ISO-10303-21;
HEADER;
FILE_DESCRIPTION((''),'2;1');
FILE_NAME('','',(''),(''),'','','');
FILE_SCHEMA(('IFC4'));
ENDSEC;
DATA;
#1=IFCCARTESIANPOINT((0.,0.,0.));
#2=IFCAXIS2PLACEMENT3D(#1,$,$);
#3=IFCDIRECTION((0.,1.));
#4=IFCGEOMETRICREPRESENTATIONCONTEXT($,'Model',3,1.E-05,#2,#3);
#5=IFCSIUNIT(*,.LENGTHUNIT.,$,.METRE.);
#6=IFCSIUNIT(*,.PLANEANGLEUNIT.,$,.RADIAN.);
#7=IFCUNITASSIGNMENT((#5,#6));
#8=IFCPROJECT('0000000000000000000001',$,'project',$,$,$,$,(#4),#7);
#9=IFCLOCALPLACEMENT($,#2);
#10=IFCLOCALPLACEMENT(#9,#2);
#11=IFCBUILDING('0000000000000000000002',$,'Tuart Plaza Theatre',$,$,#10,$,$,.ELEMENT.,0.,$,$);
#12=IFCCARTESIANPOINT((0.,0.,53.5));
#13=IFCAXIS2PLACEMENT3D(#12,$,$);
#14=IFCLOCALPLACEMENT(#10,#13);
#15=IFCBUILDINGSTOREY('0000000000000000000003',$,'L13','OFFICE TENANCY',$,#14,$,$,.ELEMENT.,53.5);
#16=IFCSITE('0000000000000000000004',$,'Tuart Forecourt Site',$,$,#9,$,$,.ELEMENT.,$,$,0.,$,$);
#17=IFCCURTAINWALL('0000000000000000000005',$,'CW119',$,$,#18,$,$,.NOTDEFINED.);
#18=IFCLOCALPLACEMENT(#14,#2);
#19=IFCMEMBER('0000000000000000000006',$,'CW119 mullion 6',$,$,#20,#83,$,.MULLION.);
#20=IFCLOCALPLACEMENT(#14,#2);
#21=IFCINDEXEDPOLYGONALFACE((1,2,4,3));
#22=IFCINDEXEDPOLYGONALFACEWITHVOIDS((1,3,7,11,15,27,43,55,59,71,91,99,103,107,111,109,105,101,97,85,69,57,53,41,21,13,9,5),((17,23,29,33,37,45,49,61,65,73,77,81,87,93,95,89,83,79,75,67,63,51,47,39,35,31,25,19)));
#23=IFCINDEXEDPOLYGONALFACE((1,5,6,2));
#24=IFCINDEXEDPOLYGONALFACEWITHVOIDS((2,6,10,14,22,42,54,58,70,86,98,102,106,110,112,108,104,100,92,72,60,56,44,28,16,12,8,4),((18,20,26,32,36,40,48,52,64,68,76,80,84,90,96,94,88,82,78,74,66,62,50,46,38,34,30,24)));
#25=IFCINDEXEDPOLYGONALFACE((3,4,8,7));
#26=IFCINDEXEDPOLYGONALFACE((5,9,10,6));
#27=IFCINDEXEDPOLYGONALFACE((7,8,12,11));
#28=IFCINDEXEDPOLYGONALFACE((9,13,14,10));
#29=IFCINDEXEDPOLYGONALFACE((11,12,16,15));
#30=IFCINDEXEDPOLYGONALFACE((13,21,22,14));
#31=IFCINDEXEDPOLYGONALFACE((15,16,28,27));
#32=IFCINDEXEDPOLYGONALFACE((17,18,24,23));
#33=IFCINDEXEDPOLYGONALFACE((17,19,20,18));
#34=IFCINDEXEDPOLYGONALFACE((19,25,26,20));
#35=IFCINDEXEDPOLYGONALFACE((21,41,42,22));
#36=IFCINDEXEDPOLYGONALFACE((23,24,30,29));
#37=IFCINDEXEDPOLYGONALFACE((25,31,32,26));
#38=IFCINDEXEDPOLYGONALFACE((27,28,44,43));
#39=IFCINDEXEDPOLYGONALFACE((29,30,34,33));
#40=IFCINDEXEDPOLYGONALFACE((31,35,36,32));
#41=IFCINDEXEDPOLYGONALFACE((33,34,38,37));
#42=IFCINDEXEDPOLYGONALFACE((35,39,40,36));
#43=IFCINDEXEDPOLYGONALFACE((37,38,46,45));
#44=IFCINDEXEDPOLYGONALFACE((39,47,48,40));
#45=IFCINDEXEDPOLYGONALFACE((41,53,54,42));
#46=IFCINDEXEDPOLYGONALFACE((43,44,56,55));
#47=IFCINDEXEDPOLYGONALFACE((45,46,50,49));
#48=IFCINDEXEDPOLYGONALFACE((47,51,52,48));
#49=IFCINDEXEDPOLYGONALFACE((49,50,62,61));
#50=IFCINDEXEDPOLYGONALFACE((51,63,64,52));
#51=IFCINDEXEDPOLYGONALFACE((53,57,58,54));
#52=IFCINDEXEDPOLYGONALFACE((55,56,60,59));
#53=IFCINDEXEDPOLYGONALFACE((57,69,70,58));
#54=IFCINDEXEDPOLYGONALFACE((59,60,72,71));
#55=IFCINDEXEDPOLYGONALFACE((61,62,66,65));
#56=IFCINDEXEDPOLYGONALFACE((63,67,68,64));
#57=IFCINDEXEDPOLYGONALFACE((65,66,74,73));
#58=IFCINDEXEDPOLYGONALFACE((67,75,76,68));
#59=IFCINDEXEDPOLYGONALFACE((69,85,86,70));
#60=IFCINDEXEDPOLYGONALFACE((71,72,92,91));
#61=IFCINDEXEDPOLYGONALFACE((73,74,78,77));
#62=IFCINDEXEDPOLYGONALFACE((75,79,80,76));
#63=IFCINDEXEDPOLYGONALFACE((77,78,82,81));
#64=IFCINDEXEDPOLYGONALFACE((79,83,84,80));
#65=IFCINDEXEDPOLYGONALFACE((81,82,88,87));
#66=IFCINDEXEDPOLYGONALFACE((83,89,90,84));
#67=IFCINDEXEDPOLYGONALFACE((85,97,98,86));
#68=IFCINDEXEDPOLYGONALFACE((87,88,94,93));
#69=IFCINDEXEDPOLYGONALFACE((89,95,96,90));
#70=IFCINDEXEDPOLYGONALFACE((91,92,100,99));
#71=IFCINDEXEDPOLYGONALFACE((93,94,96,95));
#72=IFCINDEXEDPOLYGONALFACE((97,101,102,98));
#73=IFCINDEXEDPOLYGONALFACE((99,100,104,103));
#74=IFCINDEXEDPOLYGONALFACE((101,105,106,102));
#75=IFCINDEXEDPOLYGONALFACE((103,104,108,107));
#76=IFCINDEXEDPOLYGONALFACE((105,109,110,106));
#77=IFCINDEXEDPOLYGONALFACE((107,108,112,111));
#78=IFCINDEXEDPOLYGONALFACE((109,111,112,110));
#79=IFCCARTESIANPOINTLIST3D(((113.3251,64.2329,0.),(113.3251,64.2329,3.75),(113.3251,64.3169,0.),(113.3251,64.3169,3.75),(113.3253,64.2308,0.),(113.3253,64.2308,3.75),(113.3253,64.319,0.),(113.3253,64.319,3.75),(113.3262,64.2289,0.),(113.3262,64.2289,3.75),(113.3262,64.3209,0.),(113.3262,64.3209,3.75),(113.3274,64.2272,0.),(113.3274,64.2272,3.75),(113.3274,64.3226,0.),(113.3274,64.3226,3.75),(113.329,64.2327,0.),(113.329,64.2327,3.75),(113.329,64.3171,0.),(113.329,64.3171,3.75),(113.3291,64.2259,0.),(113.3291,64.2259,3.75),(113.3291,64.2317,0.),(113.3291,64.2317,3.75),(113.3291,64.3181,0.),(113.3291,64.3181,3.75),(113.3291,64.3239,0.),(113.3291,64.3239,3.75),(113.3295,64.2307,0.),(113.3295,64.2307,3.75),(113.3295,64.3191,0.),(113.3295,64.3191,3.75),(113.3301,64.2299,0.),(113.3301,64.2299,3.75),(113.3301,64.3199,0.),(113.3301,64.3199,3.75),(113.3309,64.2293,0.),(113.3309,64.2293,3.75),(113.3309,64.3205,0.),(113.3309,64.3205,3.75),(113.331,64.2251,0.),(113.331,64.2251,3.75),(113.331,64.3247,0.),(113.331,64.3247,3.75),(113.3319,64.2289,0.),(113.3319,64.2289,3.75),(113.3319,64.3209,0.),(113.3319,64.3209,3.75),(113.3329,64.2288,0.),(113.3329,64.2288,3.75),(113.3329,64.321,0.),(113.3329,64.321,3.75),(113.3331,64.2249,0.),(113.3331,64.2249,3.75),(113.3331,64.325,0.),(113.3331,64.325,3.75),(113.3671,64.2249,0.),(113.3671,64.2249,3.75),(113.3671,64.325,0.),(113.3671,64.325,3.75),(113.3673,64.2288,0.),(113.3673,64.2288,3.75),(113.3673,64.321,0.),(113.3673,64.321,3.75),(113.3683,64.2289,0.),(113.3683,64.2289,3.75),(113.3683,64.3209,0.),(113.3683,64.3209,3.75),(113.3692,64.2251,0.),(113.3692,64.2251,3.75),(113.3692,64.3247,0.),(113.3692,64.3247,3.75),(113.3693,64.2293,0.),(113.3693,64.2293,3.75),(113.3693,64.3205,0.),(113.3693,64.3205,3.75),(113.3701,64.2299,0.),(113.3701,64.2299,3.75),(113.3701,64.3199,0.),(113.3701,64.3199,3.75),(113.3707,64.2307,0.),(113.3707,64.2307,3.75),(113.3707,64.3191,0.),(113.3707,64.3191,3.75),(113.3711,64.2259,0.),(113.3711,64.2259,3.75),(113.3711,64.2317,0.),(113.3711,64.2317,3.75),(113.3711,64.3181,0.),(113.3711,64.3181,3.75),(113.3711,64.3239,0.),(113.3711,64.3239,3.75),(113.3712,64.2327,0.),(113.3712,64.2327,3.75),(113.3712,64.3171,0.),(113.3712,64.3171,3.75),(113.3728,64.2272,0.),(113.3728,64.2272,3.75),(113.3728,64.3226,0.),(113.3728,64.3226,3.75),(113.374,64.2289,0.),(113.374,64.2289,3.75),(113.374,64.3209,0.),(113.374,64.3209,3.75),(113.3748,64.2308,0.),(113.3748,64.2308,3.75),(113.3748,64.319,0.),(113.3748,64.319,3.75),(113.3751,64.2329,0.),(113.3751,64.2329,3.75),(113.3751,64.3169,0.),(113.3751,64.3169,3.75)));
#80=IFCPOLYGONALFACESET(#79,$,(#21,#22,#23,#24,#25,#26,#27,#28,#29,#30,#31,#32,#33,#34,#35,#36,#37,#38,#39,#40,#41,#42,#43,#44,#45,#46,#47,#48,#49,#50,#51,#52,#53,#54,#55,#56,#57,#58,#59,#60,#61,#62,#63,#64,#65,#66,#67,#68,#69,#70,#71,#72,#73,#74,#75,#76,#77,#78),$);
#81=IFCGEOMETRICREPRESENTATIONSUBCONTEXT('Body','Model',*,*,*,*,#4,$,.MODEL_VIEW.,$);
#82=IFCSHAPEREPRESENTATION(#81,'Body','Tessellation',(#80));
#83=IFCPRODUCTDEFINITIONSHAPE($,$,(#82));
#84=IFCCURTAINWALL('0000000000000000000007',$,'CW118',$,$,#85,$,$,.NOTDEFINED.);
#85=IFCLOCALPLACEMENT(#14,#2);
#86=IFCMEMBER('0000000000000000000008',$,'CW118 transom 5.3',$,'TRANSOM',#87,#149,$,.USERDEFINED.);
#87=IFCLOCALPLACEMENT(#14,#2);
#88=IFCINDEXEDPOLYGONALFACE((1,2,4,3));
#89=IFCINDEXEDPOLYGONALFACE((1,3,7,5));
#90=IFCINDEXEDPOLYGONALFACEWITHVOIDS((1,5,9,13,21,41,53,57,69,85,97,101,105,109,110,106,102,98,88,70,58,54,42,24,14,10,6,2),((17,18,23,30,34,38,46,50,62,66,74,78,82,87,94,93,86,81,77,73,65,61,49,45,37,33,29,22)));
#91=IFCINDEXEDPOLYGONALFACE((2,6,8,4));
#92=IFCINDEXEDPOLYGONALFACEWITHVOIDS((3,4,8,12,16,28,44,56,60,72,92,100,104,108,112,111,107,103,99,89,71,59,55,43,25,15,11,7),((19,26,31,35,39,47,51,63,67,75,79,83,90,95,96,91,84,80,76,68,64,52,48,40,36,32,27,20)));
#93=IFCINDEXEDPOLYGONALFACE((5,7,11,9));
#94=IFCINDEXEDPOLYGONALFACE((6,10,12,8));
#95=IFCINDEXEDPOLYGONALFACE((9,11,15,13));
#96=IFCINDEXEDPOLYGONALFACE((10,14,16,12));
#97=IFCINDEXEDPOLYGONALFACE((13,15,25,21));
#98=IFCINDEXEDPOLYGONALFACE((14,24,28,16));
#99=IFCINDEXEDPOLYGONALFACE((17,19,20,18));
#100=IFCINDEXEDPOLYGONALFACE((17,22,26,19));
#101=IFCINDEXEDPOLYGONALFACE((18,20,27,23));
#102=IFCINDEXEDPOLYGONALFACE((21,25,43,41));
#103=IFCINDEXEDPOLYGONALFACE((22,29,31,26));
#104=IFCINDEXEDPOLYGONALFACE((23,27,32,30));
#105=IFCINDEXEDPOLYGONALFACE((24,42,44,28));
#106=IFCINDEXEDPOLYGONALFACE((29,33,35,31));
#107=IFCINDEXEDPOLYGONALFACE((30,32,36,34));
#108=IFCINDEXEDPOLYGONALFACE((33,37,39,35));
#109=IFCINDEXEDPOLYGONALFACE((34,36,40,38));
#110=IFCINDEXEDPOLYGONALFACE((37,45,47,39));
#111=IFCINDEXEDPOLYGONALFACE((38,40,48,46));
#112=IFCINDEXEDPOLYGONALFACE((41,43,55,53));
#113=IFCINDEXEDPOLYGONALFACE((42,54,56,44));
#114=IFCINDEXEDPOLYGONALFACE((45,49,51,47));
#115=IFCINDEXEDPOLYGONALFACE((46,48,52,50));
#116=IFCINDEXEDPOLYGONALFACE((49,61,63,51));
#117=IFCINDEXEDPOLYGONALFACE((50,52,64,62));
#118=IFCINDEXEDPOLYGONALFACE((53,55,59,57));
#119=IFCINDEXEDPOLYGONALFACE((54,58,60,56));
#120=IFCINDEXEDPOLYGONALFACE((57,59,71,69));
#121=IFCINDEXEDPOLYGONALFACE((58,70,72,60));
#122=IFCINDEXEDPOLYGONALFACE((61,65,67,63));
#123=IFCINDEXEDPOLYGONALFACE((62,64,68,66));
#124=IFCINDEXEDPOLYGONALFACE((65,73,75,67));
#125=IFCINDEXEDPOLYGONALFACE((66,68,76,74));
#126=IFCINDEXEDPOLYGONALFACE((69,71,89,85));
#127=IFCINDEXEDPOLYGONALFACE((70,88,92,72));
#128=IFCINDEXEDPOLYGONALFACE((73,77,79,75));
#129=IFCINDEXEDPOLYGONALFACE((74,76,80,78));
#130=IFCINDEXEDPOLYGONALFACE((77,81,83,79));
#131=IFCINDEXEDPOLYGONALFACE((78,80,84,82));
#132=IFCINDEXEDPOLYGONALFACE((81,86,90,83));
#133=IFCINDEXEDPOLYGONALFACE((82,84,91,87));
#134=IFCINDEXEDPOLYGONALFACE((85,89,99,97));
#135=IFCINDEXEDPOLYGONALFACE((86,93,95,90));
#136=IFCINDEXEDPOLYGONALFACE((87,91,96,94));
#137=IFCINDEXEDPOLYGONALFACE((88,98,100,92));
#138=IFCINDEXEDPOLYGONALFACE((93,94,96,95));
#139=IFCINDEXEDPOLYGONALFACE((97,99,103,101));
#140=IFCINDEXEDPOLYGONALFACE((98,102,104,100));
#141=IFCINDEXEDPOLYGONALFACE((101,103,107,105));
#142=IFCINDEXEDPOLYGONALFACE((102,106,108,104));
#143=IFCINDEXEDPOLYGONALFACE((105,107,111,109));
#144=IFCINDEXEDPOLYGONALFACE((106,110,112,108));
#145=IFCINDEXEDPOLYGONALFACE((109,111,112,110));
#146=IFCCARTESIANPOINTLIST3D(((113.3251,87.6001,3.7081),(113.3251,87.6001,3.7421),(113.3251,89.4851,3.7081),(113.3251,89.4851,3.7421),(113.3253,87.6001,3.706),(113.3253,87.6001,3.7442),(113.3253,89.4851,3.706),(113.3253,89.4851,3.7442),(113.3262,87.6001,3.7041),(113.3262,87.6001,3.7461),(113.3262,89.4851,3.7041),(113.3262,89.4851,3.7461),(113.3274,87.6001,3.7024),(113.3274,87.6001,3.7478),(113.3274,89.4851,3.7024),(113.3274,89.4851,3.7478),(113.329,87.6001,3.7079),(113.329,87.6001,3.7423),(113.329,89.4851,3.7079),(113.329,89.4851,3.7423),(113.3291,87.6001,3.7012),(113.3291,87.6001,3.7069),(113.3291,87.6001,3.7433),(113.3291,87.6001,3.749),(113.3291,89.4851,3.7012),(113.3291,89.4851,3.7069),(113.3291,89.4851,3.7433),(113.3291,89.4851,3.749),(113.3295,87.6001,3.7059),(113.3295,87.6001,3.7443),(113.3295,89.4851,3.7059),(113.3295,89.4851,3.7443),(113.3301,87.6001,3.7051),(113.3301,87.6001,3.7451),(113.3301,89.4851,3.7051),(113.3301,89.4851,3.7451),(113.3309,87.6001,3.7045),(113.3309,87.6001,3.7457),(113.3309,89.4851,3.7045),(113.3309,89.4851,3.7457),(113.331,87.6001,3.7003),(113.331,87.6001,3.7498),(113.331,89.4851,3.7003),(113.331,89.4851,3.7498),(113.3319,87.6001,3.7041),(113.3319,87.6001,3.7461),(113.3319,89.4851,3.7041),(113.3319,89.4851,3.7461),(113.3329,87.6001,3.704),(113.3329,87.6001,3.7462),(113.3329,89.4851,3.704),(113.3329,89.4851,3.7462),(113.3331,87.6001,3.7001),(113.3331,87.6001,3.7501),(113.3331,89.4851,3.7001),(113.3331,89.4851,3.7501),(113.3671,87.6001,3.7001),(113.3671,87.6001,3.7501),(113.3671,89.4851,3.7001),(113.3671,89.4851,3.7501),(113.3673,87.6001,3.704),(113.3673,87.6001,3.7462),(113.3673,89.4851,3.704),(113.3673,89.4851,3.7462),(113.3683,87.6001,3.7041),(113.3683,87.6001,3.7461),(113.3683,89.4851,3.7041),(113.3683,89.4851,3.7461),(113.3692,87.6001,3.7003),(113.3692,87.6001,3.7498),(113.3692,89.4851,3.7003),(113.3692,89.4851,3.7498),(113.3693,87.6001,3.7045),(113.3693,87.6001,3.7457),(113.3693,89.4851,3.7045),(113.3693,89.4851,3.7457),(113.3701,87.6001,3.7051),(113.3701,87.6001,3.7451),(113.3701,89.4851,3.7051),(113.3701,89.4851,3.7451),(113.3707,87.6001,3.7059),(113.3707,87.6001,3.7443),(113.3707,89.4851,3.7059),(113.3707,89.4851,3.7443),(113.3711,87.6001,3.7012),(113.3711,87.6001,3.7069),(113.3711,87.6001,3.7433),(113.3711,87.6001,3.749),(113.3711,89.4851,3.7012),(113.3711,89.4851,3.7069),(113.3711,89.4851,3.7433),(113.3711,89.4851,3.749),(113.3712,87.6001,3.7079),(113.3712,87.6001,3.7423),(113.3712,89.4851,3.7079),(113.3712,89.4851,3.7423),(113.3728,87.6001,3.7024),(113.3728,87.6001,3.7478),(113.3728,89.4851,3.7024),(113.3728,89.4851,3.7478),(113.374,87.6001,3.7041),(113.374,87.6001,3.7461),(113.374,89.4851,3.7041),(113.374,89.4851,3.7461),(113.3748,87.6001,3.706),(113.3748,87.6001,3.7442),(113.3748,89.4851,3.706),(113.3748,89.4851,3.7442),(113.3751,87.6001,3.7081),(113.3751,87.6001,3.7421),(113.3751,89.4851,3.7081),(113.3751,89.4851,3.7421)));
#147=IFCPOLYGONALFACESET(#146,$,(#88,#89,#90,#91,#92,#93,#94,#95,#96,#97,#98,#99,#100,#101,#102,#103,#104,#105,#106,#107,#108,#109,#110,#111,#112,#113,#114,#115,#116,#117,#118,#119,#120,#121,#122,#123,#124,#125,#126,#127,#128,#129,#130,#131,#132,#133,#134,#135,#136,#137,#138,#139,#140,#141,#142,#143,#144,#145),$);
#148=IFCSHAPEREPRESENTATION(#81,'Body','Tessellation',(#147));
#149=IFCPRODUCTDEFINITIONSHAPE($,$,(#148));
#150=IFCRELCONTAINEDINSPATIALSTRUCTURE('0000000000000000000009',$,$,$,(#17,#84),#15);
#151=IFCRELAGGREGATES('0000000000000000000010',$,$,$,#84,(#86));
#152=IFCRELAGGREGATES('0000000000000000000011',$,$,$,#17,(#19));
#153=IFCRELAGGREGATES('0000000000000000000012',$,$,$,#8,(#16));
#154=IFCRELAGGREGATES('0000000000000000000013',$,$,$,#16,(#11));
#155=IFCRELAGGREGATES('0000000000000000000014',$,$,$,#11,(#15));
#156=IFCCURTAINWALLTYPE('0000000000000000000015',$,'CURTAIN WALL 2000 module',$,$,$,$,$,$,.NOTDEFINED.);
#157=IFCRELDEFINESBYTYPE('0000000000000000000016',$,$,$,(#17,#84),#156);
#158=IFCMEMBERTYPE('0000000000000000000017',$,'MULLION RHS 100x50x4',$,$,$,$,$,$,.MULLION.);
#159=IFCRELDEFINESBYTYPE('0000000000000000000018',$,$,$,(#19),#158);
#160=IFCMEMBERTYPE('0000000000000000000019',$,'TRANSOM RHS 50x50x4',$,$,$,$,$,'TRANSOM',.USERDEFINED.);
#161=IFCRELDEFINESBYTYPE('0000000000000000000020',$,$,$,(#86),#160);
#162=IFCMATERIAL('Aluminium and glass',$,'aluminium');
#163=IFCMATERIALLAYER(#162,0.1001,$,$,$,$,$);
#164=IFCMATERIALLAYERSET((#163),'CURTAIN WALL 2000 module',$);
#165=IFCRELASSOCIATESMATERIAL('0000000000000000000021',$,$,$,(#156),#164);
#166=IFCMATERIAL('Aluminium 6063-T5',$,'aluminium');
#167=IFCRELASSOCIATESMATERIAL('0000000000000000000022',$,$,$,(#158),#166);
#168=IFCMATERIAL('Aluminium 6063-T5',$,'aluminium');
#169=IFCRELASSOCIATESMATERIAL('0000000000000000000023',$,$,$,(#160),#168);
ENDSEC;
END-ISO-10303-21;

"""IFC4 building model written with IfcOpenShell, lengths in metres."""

from ifc_helpers import new_model, si_unit, direction, frame, origin, origin_2d, place, context, subcontext, project, spatial, hollow_rectangle, extrude, material, layer, layer_set, material_profile, profile_set, type_object, element, aggregate, save


model = new_model("IFC4")

# Units and contexts
model_context = context("Model", 3, precision=1e-05, world=origin(), true_north=direction((0.0, 1.0)))
body_context = subcontext(model_context, "Body", "Model", "MODEL_VIEW")
ifc_project = project(units=[si_unit("LENGTHUNIT", "METRE"), si_unit("PLANEANGLEUNIT", "RADIAN")], contexts=[model_context])

# Site, building, storey
site_placement = place(None, origin())
site = spatial("IfcSite", under=ifc_project, at=site_placement, Name="Tuart Forecourt Site", CompositionType="ELEMENT", RefElevation=0.0)
building_placement = place(site_placement, origin())
building = spatial("IfcBuilding", under=site, at=building_placement, Name="Tuart Plaza Theatre", CompositionType="ELEMENT", ElevationOfRefHeight=0.0)
storey_placement = place(building_placement, frame((0.0, 0.0, 53.5)))
storey = spatial("IfcBuildingStorey", under=building, at=storey_placement, Name="L13", Description="OFFICE TENANCY", CompositionType="ELEMENT", Elevation=53.5)

# Curtain walls, members
ifc_material_1 = material(Name="Aluminium and glass", Category="aluminium")
ifc_layer_1 = layer(ifc_material_1, 0.1001)
ifc_layer_set_1 = layer_set([ifc_layer_1], Name="CURTAIN WALL 2000 module")
curtain_wall_type = type_object("IfcCurtainWallType", Name="CURTAIN WALL 2000 module", PredefinedType="NOTDEFINED", material=ifc_layer_set_1)
curtain_wall_1_placement = place(storey_placement, origin())
curtain_wall_1 = element("IfcCurtainWall", 1, at=curtain_wall_1_placement, inside=storey, type_object=curtain_wall_type, Name="CW119", PredefinedType="NOTDEFINED")
ifc_material_2 = material(Name="Aluminium 6063-T5", Category="aluminium")
ifc_material_profile_1 = material_profile(ifc_material_2, hollow_rectangle(XDim=0.05, YDim=0.1001, WallThickness=0.0039, InnerFilletRadius=0.0039, OuterFilletRadius=0.0081, at=origin_2d()), Name="RHS 100x50x4")
ifc_profile_set_1 = profile_set([ifc_material_profile_1], Name="Aluminium 6063-T5")
member_type_1 = type_object("IfcMemberType", Name="MULLION RHS 100x50x4", PredefinedType="MULLION", material=ifc_profile_set_1)
member_1_placement = place(storey_placement, frame((113.3501, 64.2749, 0.0), z_axis=(0.0, 0.0, 1.0), x_axis=(1.0, 0.0, 0.0)))
member_1 = element("IfcMember", 2, at=member_1_placement, type_object=member_type_1, Name="CW119 mullion 6", PredefinedType="MULLION", context=body_context, shape_type="SweptSolid", body=[
    extrude(hollow_rectangle(XDim=0.05, YDim=0.1001, WallThickness=0.0039, InnerFilletRadius=0.0039, OuterFilletRadius=0.0081, at=origin_2d()), origin(), (0.0, 0.0, 1.0), 3.75),
])
curtain_wall_2_placement = place(storey_placement, origin())
curtain_wall_2 = element("IfcCurtainWall", 3, at=curtain_wall_2_placement, inside=storey, type_object=curtain_wall_type, Name="CW118", PredefinedType="NOTDEFINED")
ifc_material_3 = material(Name="Aluminium 6063-T5", Category="aluminium")
ifc_material_profile_2 = material_profile(ifc_material_3, hollow_rectangle(XDim=0.05, YDim=0.05, WallThickness=0.0039, InnerFilletRadius=0.0039, OuterFilletRadius=0.0081, at=origin_2d()), Name="RHS 50x50x4")
ifc_profile_set_2 = profile_set([ifc_material_profile_2], Name="Aluminium 6063-T5")
member_type_2 = type_object("IfcMemberType", Name="TRANSOM RHS 50x50x4", ElementType="TRANSOM", PredefinedType="USERDEFINED", material=ifc_profile_set_2)
member_2_placement = place(storey_placement, frame((113.3501, 89.4851, 3.7251), z_axis=(0.0, -1.0, 0.0), x_axis=(1.0, 0.0, 0.0)))
member_2 = element("IfcMember", 4, at=member_2_placement, type_object=member_type_2, Name="CW118 transom 5.3", ObjectType="TRANSOM", PredefinedType="USERDEFINED", context=body_context, shape_type="SweptSolid", body=[
    extrude(hollow_rectangle(XDim=0.05, YDim=0.05, WallThickness=0.0039, InnerFilletRadius=0.0039, OuterFilletRadius=0.0081, at=origin_2d()), origin(), (0.0, 0.0, 1.0), 1.885),
])

aggregate(curtain_wall_2, [member_2])
aggregate(curtain_wall_1, [member_1])

save(model, "model.ifc")
